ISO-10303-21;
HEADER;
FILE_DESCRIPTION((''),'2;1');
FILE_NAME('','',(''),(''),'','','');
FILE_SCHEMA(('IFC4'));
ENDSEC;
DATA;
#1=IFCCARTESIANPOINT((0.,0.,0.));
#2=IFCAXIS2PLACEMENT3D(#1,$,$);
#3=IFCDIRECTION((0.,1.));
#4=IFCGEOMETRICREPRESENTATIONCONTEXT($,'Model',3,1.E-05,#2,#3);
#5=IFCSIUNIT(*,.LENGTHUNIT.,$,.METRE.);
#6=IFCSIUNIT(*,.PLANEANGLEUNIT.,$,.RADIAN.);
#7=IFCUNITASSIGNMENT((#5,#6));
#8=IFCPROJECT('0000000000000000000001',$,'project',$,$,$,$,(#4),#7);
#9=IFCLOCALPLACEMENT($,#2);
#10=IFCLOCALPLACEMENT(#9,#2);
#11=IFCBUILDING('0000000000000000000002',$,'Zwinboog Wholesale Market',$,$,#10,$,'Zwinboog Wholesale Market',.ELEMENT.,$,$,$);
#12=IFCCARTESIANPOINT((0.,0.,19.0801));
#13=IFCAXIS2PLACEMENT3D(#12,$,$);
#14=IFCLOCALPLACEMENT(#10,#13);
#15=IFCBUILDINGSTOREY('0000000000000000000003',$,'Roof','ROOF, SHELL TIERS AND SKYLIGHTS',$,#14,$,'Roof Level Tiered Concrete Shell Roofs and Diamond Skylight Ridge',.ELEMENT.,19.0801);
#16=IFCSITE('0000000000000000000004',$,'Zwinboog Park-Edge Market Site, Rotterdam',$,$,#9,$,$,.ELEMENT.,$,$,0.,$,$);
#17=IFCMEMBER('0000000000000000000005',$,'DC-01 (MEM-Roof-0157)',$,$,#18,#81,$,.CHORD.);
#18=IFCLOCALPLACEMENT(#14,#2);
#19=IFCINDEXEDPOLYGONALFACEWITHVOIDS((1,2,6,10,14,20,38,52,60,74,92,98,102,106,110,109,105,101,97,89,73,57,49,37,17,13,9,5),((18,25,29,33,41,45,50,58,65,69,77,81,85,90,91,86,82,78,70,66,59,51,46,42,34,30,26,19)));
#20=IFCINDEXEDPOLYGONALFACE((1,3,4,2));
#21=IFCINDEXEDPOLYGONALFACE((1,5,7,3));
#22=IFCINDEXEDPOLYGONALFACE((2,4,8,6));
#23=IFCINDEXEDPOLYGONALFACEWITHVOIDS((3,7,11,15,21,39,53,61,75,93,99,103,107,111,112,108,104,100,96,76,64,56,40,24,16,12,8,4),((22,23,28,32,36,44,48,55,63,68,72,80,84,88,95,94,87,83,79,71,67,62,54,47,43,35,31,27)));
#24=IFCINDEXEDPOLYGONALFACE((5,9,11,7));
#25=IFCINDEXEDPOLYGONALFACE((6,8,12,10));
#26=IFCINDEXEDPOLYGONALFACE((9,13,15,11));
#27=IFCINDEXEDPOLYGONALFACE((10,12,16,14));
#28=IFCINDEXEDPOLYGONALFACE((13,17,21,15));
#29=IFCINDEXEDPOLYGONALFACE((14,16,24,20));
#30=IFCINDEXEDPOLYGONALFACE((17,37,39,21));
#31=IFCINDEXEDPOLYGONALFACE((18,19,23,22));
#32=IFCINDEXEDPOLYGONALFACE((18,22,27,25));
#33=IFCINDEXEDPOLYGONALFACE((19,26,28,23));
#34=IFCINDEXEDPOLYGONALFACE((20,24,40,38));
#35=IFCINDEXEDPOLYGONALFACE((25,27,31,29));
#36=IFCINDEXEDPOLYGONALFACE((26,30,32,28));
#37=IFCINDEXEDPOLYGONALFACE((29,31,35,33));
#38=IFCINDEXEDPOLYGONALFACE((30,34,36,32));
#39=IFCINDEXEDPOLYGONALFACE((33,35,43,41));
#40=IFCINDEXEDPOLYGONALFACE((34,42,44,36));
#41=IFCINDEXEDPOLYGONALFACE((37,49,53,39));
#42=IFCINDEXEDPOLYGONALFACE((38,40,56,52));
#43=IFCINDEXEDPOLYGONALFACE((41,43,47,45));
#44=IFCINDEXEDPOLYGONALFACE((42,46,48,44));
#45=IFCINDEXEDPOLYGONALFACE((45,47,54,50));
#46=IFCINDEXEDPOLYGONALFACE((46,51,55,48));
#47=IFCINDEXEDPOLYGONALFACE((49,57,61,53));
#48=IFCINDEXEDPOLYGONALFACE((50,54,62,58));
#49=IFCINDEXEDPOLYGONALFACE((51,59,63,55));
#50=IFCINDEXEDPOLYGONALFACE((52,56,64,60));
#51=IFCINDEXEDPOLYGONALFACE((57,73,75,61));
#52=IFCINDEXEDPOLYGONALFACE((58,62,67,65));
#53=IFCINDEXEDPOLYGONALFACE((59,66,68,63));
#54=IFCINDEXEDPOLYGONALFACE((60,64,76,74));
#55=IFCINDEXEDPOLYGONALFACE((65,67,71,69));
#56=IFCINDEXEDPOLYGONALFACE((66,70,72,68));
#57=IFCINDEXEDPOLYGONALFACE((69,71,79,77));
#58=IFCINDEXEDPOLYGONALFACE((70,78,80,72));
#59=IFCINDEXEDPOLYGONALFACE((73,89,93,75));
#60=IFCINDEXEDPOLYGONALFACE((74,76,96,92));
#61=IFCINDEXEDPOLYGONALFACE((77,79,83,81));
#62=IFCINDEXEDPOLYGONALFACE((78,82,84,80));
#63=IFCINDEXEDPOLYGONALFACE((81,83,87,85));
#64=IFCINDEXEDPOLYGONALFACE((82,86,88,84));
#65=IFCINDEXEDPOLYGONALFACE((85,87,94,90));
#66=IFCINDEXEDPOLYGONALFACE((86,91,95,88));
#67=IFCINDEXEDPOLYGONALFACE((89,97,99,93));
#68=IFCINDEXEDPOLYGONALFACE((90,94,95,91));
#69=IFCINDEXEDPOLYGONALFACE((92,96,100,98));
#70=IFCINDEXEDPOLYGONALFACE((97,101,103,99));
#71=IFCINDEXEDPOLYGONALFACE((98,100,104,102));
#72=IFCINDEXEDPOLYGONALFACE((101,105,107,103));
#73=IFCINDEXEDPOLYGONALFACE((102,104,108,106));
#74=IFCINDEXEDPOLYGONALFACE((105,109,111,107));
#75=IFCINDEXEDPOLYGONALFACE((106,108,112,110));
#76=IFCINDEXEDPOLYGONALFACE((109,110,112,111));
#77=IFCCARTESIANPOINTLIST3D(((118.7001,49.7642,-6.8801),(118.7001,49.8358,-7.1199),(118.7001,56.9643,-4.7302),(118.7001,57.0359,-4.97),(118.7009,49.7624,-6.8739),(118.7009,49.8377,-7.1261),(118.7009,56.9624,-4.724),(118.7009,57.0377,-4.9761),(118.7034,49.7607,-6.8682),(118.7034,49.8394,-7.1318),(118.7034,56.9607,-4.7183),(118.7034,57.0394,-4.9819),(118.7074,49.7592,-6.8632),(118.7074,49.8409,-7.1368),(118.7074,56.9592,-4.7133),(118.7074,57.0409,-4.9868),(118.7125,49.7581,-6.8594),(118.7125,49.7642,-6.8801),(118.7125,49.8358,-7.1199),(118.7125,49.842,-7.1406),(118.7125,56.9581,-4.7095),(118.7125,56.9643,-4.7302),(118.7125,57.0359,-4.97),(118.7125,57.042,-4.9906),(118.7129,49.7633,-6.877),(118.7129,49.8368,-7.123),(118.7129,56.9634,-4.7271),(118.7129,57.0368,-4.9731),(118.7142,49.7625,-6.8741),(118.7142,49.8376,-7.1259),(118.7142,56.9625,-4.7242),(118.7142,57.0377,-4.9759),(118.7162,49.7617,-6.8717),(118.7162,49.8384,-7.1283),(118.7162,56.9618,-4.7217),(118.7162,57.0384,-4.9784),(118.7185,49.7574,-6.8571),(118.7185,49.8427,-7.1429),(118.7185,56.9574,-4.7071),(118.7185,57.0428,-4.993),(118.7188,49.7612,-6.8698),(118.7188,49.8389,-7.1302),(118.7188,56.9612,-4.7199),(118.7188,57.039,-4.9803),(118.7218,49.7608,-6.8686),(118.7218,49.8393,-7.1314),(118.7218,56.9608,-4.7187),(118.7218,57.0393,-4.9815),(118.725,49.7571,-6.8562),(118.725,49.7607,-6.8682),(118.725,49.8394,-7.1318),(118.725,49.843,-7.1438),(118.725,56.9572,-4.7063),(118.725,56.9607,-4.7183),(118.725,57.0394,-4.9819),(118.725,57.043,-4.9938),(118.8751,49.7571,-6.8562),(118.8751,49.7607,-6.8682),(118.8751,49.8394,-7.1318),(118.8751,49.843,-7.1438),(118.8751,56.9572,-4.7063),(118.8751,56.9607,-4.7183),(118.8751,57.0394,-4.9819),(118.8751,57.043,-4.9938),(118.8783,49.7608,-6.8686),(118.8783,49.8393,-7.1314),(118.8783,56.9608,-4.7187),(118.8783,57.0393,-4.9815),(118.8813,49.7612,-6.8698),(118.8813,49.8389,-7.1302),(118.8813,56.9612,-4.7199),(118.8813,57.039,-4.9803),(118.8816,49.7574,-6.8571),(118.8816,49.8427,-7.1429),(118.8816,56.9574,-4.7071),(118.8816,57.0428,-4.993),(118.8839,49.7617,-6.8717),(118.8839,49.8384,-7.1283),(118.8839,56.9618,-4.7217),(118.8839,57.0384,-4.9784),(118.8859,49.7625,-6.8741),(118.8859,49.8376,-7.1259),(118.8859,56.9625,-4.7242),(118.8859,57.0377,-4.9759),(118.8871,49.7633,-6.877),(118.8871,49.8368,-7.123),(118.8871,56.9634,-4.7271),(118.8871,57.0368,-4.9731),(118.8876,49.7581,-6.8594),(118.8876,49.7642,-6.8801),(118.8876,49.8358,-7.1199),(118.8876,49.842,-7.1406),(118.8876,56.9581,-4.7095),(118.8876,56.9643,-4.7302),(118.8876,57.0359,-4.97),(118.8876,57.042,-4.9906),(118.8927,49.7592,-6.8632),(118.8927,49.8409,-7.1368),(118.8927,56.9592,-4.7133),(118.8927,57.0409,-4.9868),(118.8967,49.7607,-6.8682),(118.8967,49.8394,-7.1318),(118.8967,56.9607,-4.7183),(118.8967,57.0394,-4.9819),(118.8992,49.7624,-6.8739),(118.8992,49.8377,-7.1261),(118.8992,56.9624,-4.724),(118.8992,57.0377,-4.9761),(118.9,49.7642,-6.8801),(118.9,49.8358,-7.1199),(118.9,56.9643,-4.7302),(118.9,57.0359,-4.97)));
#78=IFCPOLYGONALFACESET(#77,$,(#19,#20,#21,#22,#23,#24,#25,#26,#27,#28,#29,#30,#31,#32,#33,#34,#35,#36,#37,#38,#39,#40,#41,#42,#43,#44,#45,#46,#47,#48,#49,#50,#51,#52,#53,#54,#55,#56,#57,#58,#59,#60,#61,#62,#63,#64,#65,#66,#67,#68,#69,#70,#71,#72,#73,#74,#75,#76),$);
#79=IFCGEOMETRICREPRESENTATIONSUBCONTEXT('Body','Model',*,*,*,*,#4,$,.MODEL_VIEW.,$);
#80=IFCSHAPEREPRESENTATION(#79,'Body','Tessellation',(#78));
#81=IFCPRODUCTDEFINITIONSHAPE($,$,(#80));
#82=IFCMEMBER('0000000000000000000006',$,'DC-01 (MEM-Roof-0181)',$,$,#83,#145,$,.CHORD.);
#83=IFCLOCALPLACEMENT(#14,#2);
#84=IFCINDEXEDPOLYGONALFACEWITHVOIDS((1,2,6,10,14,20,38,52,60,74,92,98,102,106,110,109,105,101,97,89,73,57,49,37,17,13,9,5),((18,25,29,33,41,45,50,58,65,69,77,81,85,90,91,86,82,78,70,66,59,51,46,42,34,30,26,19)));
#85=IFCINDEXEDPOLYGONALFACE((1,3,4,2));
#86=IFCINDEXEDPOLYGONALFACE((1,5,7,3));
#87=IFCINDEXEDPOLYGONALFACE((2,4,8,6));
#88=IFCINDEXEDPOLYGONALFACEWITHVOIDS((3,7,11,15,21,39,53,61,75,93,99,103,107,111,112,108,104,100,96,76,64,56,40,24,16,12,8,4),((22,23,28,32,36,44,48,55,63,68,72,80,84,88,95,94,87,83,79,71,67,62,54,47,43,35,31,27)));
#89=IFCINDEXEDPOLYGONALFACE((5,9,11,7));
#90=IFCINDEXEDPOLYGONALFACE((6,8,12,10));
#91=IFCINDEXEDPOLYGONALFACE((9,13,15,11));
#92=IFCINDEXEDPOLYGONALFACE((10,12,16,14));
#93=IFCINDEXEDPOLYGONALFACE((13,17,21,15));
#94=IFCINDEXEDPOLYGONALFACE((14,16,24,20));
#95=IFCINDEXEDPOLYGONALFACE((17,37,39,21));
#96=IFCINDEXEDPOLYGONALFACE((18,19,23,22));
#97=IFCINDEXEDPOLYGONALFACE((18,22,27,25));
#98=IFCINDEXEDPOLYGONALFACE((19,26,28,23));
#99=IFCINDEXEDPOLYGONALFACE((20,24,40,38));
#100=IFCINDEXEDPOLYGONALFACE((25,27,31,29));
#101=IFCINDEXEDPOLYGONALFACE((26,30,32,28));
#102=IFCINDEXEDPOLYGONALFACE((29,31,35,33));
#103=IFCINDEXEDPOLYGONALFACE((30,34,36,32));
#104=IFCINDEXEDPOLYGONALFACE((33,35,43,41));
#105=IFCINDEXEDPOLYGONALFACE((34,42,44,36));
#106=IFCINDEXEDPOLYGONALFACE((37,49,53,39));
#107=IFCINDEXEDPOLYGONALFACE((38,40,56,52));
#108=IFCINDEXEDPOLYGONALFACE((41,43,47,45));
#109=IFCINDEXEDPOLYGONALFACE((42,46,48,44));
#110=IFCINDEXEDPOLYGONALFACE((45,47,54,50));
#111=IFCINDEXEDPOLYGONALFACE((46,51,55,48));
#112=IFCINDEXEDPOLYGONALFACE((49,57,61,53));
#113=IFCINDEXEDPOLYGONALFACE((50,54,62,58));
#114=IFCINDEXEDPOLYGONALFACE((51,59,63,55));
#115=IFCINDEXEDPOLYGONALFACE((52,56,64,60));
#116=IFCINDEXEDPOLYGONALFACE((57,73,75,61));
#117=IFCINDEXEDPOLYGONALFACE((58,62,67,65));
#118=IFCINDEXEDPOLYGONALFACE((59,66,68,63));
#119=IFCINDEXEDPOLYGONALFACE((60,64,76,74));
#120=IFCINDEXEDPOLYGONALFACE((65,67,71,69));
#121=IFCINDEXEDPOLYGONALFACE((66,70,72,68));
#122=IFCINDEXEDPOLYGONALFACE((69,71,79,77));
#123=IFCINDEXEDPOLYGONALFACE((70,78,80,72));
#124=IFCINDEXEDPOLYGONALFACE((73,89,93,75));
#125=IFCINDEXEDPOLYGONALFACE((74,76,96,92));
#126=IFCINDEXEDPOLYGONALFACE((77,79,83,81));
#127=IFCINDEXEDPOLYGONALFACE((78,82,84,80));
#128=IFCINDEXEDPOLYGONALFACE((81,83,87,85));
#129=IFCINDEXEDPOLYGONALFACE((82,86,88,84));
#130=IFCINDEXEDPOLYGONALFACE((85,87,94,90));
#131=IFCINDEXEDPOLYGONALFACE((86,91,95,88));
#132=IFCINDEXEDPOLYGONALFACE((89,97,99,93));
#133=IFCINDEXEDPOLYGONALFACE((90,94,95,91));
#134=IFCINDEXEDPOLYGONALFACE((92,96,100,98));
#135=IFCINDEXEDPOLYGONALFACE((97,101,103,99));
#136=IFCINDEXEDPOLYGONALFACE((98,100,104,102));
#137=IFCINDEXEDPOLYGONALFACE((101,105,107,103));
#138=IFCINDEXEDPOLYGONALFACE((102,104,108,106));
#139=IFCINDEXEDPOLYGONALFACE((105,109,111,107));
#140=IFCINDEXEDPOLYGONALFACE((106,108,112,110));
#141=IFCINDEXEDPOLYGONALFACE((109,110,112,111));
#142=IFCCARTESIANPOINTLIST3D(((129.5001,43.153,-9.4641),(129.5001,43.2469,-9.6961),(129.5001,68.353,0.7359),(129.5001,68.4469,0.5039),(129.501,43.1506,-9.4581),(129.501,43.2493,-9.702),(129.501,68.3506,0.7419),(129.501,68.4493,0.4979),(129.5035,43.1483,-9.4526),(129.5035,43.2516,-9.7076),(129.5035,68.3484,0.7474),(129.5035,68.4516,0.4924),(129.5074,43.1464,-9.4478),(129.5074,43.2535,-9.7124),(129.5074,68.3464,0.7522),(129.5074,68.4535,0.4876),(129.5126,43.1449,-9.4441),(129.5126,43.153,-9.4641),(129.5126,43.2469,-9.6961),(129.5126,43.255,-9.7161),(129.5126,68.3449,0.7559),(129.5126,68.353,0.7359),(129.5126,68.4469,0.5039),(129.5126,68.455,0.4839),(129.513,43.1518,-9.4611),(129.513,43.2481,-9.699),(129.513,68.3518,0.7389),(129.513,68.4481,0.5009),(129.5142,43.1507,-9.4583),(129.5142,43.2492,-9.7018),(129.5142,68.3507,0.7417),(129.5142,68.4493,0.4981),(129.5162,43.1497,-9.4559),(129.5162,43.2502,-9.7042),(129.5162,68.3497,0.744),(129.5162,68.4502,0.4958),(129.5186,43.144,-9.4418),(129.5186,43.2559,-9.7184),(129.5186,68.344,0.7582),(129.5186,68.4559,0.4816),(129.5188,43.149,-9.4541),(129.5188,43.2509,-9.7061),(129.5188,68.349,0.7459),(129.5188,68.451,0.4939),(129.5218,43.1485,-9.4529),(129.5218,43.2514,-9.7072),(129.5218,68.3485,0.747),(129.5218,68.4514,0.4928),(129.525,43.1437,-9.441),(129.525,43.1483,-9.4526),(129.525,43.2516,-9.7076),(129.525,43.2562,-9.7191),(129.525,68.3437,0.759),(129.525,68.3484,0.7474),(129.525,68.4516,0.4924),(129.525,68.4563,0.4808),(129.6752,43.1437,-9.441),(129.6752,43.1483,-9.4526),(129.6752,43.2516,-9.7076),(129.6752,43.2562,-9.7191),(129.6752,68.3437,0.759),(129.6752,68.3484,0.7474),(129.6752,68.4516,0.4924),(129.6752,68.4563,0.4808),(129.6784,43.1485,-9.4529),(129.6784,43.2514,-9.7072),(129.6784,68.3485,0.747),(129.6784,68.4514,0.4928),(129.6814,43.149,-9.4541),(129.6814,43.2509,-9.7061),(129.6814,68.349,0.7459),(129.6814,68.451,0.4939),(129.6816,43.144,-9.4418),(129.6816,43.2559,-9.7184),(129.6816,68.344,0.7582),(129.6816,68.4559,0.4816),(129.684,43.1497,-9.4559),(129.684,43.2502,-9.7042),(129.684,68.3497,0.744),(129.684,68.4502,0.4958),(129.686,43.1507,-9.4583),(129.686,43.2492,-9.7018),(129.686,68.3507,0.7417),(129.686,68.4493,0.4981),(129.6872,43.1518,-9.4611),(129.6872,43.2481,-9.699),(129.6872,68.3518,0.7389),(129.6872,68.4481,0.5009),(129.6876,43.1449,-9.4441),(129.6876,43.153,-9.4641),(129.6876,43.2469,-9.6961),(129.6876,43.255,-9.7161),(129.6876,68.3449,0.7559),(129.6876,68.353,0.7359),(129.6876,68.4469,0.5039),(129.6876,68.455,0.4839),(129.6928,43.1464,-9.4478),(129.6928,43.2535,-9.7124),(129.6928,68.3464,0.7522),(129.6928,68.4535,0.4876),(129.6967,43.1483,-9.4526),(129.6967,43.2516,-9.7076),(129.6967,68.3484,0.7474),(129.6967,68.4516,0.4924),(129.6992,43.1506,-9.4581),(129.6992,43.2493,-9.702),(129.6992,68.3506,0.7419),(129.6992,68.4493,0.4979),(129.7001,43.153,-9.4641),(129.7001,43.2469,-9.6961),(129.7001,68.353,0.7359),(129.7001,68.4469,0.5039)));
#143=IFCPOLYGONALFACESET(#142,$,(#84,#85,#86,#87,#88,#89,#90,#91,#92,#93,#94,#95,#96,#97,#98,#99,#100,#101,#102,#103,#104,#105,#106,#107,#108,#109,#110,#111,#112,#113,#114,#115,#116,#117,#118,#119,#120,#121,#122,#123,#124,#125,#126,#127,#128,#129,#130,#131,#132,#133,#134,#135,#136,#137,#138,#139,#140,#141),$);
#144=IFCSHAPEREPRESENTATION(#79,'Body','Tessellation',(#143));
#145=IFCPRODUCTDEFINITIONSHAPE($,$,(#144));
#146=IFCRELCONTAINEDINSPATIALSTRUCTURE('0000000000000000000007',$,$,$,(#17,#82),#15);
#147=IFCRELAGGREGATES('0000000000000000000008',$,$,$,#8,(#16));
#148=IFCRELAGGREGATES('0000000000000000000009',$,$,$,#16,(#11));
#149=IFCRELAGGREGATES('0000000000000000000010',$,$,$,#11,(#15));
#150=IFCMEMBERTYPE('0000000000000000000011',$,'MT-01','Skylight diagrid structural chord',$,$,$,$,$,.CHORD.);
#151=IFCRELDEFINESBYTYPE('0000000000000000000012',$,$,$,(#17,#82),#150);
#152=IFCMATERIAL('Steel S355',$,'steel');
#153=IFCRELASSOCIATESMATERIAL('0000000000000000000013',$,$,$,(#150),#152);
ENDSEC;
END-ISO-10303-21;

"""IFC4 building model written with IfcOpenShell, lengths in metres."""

from ifc_helpers import new_model, si_unit, direction, frame, origin, origin_2d, place, context, subcontext, project, spatial, hollow_rectangle, extrude, material, material_profile, profile_set, type_object, element, save


model = new_model("IFC4")

# Units and contexts
model_context = context("Model", 3, precision=1e-05, world=origin(), true_north=direction((0.0, 1.0)))
body_context = subcontext(model_context, "Body", "Model", "MODEL_VIEW")
ifc_project = project(units=[si_unit("LENGTHUNIT", "METRE"), si_unit("PLANEANGLEUNIT", "RADIAN")], contexts=[model_context])

# Site, building, storey
site_placement = place(None, origin())
site = spatial("IfcSite", under=ifc_project, at=site_placement, Name="Zwinboog Park-Edge Market Site, Rotterdam", CompositionType="ELEMENT", RefElevation=0.0)
building_placement = place(site_placement, origin())
building = spatial("IfcBuilding", under=site, at=building_placement, Name="Zwinboog Wholesale Market", LongName="Zwinboog Wholesale Market", CompositionType="ELEMENT")
storey_placement = place(building_placement, frame((0.0, 0.0, 19.0801)))
storey = spatial("IfcBuildingStorey", under=building, at=storey_placement, Name="Roof", Description="ROOF, SHELL TIERS AND SKYLIGHTS", LongName="Roof Level Tiered Concrete Shell Roofs and Diamond Skylight Ridge", CompositionType="ELEMENT", Elevation=19.0801)

# Members
ifc_material_1 = material(Name="Steel S355", Category="steel")
ifc_material_profile_1 = material_profile(ifc_material_1, hollow_rectangle(XDim=0.2, YDim=0.3, WallThickness=0.0125, InnerFilletRadius=0.0125, OuterFilletRadius=0.0249, at=origin_2d()), Name="RHS 300x200x12.5")
ifc_profile_set_1 = profile_set([ifc_material_profile_1], Name="Steel S355")
member_type_1 = type_object("IfcMemberType", Name="MT-01", Description="Skylight diagrid structural chord", PredefinedType="CHORD", material=ifc_profile_set_1)
for number, where, z_axis, x_axis, name in (
    (1, (118.8, 49.8, -7.0), (0.0, 0.958195, 0.286117), (-1.0, 0.0, 0.0), "DC-01 (MEM-Roof-0157)"),
):
    element("IfcMember", number, at=place(storey_placement, frame(where, z_axis=z_axis, x_axis=x_axis)), inside=storey, type_object=member_type_1, Name=name, PredefinedType="CHORD", context=body_context, shape_type="SweptSolid", body=[
        extrude(hollow_rectangle(XDim=0.2, YDim=0.3, WallThickness=0.0125, InnerFilletRadius=0.0125, OuterFilletRadius=0.0249, at=origin_2d()), origin(), (0.0, 0.0, 1.0), 7.5142),
    ])
member_1_placement = place(storey_placement, frame((129.6001, 43.2, -9.5801), z_axis=(0.0, 0.926947, 0.375192), x_axis=(-1.0, 0.0, 0.0)))
element("IfcMember", 2, at=member_1_placement, inside=storey, type_object=member_type_1, Name="DC-01 (MEM-Roof-0181)", PredefinedType="CHORD", context=body_context, shape_type="SweptSolid", body=[
    extrude(hollow_rectangle(XDim=0.2, YDim=0.3, WallThickness=0.0125, InnerFilletRadius=0.0125, OuterFilletRadius=0.0249, at=origin_2d()), origin(), (0.0, 0.0, 1.0), 27.186),
])

save(model, "model.ifc")
